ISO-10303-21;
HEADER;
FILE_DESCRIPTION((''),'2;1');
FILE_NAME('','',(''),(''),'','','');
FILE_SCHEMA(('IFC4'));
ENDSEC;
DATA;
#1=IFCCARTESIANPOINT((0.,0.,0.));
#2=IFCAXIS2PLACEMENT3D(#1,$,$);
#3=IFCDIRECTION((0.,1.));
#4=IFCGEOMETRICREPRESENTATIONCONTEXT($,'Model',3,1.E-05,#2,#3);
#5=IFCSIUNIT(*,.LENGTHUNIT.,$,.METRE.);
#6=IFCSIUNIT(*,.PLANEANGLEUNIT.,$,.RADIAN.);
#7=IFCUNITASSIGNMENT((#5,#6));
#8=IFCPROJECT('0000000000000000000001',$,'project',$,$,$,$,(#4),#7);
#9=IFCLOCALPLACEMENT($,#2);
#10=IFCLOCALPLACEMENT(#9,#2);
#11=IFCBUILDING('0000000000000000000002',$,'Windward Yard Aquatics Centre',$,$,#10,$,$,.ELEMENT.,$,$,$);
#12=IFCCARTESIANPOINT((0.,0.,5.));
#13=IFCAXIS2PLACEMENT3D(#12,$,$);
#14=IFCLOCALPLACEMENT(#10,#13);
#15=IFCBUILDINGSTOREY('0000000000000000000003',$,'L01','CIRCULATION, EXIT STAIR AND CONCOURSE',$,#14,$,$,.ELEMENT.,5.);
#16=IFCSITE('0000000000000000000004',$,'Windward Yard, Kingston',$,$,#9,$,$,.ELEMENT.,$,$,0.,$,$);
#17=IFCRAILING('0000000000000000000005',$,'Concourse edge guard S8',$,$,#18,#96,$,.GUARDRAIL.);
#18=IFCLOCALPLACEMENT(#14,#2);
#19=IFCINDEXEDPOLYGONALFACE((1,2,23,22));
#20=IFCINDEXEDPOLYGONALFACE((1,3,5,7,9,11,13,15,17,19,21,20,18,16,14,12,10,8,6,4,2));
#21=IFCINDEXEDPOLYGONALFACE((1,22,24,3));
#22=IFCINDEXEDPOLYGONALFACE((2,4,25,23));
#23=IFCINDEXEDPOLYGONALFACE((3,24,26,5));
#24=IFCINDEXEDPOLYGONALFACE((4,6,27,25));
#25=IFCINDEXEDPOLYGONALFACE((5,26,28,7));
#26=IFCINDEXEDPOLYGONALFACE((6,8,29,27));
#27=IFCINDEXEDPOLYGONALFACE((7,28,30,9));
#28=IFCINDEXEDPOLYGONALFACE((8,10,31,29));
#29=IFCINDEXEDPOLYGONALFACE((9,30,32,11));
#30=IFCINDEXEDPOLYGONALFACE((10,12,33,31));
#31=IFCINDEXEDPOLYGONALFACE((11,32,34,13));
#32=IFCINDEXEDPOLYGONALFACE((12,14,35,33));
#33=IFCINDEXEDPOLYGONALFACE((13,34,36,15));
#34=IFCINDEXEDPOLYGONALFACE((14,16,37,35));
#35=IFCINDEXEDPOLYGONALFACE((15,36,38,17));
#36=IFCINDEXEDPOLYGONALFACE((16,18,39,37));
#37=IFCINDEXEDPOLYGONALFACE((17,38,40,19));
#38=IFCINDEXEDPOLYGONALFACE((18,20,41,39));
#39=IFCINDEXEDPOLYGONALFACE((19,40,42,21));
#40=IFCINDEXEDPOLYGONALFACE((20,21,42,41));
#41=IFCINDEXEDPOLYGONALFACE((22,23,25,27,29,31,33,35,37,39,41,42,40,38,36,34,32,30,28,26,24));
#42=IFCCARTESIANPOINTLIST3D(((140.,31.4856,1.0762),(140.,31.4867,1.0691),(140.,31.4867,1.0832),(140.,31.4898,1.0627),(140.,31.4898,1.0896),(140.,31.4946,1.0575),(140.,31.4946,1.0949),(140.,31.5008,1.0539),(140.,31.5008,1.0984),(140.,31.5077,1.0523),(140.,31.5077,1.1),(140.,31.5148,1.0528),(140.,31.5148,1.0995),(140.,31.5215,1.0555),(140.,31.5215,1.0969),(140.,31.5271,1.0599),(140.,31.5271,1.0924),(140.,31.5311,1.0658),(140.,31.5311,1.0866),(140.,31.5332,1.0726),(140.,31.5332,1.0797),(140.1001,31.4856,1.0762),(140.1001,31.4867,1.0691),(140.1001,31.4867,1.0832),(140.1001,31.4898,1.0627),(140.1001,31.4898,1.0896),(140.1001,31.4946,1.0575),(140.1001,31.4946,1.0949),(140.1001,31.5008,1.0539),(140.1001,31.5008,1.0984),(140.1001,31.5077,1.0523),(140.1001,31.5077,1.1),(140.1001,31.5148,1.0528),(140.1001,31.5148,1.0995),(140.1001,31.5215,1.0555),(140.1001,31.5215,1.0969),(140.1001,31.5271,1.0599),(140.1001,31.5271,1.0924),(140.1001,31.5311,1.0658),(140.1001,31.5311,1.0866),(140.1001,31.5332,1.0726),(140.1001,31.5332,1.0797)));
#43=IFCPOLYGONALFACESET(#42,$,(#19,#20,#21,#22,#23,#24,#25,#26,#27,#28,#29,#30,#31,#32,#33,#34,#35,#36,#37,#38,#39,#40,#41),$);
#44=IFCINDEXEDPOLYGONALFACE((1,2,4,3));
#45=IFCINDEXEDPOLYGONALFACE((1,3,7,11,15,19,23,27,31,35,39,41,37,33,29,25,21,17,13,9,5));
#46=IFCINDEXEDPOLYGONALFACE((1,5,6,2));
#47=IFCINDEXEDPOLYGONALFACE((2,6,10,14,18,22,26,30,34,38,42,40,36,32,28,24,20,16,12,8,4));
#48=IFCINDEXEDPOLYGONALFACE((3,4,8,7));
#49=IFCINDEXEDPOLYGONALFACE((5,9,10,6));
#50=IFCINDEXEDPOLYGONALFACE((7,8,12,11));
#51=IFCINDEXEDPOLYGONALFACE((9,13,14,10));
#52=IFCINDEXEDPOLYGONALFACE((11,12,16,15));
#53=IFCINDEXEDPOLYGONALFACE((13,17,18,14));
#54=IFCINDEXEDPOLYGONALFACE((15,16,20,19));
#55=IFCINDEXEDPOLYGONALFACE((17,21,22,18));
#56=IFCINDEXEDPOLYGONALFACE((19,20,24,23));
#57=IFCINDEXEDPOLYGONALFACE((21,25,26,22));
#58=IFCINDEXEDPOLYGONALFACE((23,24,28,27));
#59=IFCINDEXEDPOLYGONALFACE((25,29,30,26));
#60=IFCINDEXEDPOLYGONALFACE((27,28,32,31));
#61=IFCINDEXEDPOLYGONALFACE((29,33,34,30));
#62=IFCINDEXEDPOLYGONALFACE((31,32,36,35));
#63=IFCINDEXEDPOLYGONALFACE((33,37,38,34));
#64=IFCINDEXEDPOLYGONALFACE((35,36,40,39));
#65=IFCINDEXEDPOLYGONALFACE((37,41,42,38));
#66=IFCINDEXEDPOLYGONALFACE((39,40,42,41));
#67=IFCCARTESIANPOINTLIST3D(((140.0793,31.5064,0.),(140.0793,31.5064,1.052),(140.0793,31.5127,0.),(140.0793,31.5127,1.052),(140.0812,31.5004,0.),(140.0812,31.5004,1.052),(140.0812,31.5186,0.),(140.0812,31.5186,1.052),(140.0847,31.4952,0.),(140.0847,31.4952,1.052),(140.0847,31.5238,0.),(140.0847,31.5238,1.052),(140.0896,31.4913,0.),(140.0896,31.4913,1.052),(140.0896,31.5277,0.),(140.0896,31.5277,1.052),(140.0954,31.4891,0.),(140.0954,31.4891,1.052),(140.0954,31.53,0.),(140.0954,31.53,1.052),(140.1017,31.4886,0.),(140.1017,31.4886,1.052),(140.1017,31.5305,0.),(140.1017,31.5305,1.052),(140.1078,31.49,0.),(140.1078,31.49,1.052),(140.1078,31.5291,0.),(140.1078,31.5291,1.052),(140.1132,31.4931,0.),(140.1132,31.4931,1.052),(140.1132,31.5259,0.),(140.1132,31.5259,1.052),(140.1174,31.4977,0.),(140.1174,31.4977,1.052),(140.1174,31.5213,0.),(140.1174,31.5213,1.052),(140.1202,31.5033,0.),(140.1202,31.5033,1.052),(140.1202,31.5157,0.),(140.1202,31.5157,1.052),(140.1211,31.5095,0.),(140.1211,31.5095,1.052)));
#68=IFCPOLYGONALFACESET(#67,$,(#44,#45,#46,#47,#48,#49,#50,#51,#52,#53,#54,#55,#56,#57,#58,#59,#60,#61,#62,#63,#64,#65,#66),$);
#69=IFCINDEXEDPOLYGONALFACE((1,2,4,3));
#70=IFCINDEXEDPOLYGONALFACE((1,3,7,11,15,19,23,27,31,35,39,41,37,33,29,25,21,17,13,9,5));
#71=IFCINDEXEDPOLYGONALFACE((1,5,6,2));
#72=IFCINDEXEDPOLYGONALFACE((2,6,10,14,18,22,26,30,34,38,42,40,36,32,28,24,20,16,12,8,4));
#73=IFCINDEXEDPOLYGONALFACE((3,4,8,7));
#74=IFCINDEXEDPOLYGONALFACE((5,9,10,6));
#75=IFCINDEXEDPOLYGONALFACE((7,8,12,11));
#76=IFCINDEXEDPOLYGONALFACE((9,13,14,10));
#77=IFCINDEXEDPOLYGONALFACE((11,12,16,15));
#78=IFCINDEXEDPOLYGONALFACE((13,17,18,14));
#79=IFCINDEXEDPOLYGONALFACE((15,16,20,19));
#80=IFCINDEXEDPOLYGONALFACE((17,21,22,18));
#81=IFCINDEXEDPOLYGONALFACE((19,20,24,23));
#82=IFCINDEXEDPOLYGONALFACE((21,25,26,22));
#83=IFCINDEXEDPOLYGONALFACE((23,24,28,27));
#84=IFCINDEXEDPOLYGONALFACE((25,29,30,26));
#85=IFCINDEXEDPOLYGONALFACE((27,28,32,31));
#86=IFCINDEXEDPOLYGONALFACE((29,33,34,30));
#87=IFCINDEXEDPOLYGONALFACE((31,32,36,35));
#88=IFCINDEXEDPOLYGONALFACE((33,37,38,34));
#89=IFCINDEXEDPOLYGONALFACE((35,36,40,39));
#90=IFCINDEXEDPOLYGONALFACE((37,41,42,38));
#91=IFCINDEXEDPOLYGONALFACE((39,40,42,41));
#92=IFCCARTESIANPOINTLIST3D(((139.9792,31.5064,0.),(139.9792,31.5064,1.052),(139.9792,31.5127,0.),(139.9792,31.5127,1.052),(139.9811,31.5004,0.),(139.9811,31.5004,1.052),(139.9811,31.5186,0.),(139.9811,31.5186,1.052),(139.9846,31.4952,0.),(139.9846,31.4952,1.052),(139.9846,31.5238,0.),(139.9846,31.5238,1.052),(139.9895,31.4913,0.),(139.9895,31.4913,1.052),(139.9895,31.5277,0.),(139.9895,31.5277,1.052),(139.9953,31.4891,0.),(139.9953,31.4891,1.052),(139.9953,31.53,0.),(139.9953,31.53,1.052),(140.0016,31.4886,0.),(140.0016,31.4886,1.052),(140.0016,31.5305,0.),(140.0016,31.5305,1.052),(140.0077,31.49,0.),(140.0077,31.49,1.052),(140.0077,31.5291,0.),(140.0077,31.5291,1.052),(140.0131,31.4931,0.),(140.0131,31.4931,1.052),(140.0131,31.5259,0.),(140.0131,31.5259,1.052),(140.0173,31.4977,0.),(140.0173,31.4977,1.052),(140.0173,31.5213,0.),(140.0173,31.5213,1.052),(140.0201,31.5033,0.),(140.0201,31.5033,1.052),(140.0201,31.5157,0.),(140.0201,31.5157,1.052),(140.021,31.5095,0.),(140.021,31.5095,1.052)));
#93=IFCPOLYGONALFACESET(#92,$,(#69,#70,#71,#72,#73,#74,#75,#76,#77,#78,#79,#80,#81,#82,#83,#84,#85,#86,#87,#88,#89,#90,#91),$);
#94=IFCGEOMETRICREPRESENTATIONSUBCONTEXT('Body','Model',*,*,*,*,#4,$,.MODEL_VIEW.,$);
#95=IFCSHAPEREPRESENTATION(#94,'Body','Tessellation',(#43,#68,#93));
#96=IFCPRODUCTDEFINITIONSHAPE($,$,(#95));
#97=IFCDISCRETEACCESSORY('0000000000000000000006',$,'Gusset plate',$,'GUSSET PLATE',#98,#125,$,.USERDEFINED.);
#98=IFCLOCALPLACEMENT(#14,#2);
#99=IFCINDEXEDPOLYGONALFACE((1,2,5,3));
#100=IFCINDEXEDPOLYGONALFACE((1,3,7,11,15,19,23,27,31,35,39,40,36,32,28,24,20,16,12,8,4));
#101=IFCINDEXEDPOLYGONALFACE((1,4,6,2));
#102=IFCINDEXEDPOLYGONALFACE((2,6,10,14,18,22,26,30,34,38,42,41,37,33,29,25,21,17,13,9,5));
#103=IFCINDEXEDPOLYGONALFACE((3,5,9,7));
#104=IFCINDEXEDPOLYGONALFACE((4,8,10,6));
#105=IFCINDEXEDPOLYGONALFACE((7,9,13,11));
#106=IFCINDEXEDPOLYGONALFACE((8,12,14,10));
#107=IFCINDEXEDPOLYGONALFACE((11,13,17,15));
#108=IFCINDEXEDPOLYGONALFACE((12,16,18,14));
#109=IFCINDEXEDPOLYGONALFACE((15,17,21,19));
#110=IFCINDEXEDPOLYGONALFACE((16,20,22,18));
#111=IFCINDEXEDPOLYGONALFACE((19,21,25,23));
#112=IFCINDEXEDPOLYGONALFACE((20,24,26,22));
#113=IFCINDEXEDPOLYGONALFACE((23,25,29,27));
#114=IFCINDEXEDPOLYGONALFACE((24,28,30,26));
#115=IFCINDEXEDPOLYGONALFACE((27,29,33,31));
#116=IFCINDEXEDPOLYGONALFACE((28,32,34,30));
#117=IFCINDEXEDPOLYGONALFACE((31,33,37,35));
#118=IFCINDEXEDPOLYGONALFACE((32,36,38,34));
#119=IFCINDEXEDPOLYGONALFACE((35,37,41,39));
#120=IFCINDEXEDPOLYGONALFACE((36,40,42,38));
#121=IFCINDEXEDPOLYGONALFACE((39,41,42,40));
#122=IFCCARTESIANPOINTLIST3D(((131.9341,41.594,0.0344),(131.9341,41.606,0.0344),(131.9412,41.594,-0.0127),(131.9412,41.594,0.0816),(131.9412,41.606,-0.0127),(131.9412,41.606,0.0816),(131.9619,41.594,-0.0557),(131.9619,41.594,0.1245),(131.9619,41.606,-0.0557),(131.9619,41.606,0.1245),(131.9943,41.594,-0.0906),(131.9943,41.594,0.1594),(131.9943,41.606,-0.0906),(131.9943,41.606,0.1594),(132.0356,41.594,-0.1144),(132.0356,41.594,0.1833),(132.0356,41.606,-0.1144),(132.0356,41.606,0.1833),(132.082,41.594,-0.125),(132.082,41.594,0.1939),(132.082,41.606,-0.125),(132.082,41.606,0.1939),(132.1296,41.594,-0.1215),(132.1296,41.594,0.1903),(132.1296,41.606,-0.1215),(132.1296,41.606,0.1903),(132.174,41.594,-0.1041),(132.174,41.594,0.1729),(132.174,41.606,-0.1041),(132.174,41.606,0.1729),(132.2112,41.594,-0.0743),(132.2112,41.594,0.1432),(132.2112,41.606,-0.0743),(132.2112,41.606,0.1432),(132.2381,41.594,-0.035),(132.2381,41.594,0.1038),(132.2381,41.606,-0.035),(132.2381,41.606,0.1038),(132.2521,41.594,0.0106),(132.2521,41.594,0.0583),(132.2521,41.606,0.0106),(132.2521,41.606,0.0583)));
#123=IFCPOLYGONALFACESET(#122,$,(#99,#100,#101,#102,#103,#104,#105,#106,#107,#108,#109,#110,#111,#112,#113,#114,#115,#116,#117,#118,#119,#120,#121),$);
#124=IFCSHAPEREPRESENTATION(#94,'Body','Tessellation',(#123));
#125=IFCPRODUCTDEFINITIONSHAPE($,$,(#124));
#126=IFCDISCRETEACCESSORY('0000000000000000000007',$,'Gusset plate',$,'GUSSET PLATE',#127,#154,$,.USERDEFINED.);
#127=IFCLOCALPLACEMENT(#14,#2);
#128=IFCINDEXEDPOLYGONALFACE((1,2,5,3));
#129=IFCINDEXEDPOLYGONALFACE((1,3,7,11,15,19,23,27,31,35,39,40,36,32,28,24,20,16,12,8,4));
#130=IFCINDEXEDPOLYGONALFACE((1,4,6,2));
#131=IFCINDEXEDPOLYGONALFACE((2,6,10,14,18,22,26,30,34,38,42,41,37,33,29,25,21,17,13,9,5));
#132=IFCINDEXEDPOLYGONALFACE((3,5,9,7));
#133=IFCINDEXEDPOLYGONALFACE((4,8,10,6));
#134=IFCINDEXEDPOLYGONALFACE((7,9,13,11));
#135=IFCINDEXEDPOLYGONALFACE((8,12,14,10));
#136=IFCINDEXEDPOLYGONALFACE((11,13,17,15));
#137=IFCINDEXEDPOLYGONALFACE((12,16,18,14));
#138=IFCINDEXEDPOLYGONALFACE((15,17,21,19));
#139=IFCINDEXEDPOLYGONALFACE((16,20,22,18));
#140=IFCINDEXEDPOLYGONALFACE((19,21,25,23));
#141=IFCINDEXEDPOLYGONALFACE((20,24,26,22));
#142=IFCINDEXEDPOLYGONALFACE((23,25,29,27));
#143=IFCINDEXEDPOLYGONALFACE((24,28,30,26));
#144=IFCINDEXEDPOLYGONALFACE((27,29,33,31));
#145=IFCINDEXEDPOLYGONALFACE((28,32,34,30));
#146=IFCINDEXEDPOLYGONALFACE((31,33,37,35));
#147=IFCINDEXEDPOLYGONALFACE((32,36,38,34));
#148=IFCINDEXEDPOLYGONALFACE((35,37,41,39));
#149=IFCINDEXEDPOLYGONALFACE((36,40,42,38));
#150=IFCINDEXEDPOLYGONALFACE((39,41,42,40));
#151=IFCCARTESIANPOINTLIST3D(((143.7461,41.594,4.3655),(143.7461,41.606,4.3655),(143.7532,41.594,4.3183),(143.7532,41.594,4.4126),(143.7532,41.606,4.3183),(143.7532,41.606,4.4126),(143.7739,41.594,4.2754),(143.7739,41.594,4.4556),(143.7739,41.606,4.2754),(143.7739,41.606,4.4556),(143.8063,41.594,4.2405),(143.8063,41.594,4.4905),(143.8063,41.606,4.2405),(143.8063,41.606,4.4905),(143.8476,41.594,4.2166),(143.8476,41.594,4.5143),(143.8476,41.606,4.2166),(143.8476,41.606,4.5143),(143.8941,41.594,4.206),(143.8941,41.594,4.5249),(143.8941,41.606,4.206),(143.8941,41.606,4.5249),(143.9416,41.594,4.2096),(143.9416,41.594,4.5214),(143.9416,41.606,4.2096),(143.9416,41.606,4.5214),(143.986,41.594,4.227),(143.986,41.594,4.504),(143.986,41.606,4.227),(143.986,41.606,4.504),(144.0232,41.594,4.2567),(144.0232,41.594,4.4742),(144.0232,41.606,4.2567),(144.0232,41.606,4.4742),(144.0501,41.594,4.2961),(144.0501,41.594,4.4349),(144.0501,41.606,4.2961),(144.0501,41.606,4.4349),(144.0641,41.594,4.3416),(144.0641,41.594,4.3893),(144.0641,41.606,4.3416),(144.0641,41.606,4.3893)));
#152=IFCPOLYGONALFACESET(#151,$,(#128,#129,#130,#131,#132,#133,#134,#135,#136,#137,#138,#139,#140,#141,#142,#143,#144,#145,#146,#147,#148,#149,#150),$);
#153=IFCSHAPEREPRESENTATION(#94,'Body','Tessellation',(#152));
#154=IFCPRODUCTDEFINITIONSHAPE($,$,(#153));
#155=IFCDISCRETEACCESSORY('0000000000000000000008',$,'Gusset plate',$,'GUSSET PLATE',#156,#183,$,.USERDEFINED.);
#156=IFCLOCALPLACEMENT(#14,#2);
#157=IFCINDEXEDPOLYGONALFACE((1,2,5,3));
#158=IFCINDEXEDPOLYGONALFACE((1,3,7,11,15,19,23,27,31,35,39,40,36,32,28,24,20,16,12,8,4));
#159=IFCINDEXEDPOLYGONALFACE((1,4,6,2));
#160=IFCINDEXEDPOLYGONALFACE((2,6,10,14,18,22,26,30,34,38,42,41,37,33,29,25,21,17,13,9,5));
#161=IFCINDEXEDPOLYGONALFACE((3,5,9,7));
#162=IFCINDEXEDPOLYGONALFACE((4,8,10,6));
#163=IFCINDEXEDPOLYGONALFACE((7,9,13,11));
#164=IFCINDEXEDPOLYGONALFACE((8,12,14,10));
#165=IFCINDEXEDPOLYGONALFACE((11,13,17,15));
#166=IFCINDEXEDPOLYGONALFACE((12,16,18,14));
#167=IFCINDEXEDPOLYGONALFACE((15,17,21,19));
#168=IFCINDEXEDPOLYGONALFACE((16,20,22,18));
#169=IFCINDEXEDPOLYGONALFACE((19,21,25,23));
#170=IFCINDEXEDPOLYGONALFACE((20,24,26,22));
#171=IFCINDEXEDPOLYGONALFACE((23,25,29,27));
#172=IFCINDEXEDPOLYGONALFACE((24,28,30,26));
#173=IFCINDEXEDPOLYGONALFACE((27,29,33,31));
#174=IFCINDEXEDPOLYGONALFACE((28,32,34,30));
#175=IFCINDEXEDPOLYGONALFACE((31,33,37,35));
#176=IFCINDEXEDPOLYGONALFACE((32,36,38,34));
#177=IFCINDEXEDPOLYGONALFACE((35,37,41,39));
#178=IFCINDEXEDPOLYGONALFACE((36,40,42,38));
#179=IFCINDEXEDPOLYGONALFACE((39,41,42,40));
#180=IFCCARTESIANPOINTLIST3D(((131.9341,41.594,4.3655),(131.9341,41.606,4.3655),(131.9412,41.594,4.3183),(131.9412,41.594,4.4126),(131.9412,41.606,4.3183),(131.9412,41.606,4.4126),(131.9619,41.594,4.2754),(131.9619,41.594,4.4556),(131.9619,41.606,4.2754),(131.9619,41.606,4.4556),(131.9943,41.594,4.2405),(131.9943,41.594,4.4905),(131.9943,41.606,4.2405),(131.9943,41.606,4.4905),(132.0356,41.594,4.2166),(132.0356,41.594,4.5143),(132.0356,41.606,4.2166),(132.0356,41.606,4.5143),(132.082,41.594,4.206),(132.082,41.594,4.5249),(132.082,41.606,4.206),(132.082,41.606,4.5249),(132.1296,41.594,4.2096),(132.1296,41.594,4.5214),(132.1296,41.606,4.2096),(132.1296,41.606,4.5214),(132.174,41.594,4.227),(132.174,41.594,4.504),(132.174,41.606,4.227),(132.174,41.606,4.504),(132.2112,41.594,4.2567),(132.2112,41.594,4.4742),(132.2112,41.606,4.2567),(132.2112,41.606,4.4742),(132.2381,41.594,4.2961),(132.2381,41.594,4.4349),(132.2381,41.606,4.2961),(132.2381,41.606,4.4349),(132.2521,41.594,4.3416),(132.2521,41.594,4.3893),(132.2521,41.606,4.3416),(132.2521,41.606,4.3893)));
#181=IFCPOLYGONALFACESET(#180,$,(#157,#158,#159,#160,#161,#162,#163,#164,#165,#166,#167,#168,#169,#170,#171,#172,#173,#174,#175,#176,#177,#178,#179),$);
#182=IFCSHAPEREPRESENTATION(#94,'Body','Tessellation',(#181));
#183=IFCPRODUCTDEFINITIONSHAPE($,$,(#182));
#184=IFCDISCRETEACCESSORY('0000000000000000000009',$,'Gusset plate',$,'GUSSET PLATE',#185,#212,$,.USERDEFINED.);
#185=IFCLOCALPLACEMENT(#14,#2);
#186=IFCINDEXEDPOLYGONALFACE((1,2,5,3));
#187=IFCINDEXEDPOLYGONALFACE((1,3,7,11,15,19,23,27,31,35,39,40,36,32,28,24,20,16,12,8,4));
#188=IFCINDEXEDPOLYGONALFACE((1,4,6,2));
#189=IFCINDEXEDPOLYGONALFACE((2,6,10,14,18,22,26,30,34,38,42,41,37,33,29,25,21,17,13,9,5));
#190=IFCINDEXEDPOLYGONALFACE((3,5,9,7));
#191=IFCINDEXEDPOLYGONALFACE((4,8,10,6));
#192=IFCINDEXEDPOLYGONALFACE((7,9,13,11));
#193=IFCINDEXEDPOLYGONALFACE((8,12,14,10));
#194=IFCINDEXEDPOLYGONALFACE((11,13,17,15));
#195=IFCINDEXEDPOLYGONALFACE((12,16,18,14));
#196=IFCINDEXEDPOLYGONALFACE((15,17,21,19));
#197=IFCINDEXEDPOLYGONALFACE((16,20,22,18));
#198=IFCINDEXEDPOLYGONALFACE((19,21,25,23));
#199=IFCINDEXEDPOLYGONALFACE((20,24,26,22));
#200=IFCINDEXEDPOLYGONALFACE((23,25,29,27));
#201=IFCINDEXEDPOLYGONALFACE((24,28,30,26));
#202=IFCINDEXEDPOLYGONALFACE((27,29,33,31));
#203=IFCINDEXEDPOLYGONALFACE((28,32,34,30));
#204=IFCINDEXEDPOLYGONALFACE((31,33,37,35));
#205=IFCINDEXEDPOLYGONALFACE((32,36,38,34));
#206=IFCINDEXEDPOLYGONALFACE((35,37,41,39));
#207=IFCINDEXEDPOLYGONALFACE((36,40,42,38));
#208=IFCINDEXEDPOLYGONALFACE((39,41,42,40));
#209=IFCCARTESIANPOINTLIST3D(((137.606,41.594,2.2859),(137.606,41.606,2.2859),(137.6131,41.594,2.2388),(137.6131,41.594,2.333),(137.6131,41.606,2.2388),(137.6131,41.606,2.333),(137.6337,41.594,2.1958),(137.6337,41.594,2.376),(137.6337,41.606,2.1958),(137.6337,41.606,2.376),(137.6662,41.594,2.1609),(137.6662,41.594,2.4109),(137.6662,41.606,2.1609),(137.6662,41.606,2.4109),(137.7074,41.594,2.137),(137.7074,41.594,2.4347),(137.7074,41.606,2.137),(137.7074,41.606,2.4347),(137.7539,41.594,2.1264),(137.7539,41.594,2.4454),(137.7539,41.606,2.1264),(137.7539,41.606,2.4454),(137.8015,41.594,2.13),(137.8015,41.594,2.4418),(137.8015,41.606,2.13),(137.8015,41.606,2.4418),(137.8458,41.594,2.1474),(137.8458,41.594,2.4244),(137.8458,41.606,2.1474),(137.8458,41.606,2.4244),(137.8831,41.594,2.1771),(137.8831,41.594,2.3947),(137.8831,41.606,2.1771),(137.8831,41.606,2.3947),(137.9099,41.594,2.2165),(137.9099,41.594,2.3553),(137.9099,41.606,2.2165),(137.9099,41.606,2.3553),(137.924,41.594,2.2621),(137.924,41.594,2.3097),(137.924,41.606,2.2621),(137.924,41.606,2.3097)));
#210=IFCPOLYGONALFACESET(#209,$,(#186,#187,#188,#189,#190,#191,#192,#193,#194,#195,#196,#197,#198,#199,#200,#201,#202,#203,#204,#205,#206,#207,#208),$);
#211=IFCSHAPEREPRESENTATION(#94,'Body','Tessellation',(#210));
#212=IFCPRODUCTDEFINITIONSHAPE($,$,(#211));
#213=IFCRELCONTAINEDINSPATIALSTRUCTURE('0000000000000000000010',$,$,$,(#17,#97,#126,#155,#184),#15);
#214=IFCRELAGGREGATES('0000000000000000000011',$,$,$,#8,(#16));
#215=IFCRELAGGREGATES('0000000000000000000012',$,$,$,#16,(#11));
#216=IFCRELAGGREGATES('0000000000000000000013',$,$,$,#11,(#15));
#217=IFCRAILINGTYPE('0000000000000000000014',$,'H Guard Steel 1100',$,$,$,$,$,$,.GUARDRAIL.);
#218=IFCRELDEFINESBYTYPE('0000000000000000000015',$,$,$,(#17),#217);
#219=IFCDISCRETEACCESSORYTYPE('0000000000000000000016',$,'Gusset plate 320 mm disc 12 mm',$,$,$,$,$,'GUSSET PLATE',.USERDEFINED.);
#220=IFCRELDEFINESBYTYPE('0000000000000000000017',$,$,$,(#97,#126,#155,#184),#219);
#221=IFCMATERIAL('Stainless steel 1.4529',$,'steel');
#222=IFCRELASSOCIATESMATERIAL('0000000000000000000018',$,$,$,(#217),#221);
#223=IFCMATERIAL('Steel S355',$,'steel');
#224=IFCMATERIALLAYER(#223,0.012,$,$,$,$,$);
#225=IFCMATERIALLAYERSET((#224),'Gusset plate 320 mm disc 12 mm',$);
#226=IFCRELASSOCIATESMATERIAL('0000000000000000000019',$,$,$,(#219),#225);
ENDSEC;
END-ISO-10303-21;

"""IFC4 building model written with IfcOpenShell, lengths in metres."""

from ifc_helpers import new_model, si_unit, direction, frame, origin, origin_2d, place, context, subcontext, project, spatial, circle, extrude, material, layer, layer_set, type_object, element, save


model = new_model("IFC4")

# Units and contexts
model_context = context("Model", 3, precision=1e-05, world=origin(), true_north=direction((0.0, 1.0)))
body_context = subcontext(model_context, "Body", "Model", "MODEL_VIEW")
ifc_project = project(units=[si_unit("LENGTHUNIT", "METRE"), si_unit("PLANEANGLEUNIT", "RADIAN")], contexts=[model_context])

# Site, building, storey
site_placement = place(None, origin())
site = spatial("IfcSite", under=ifc_project, at=site_placement, Name="Windward Yard, Kingston", CompositionType="ELEMENT", RefElevation=0.0)
building_placement = place(site_placement, origin())
building = spatial("IfcBuilding", under=site, at=building_placement, Name="Windward Yard Aquatics Centre", CompositionType="ELEMENT")
storey_placement = place(building_placement, frame((0.0, 0.0, 5.0)))
storey = spatial("IfcBuildingStorey", under=building, at=storey_placement, Name="L01", Description="CIRCULATION, EXIT STAIR AND CONCOURSE", CompositionType="ELEMENT", Elevation=5.0)

# Railing
ifc_material_1 = material(Name="Stainless steel 1.4529", Category="steel")
railing_type = type_object("IfcRailingType", Name="H Guard Steel 1100", PredefinedType="GUARDRAIL", material=ifc_material_1)
railing_1_placement = place(storey_placement, frame((140.1001, 31.5095, 0.0)))
element("IfcRailing", 1, at=railing_1_placement, inside=storey, type_object=railing_type, Name="Concourse edge guard S8", PredefinedType="GUARDRAIL", context=body_context, shape_type="SweptSolid", body=[
    extrude(circle(Radius=0.0239, at=origin_2d()), frame((0.0, 0.0, 1.0762), z_axis=(-1.0, 0.0, 0.0), x_axis=(0.0, -1.0, 0.0)), (0.0, 0.0, 1.0), 0.1001),
    extrude(circle(Radius=0.021, at=origin_2d()), origin(), (0.0, 0.0, 1.0), 1.052),
    extrude(circle(Radius=0.021, at=origin_2d()), frame((-0.1001, 0.0, 0.0)), (0.0, 0.0, 1.0), 1.052),
])

# Discrete accessories
ifc_material_2 = material(Name="Steel S355", Category="steel")
ifc_layer_1 = layer(ifc_material_2, 0.012)
ifc_layer_set_1 = layer_set([ifc_layer_1], Name="Gusset plate 320 mm disc 12 mm")
discrete_accessory_type = type_object("IfcDiscreteAccessoryType", Name="Gusset plate 320 mm disc 12 mm", ElementType="GUSSET PLATE", PredefinedType="USERDEFINED", material=ifc_layer_set_1)
for number, where, z_axis, x_axis, name in (
    (2, (132.094, 41.594, 0.0344), (0.0, 1.0, 0.0), (-1.0, 0.0, 0.0), "Gusset plate"),
    (3, (143.906, 41.594, 4.3655), (0.0, 1.0, 0.0), (-1.0, 0.0, 0.0), "Gusset plate"),
    (4, (132.094, 41.594, 4.3655), (0.0, 1.0, 0.0), (-1.0, 0.0, 0.0), "Gusset plate"),
    (5, (137.7659, 41.594, 2.2859), (0.0, 1.0, 0.0), (-1.0, 0.0, 0.0), "Gusset plate"),
):
    element("IfcDiscreteAccessory", number, at=place(storey_placement, frame(where, z_axis=z_axis, x_axis=x_axis)), inside=storey, type_object=discrete_accessory_type, Name=name, ObjectType="GUSSET PLATE", PredefinedType="USERDEFINED", context=body_context, shape_type="SweptSolid", body=[
        extrude(circle(Radius=0.1599, at=origin_2d()), origin(), (0.0, 0.0, 1.0), 0.012),
    ])

save(model, "model.ifc")
